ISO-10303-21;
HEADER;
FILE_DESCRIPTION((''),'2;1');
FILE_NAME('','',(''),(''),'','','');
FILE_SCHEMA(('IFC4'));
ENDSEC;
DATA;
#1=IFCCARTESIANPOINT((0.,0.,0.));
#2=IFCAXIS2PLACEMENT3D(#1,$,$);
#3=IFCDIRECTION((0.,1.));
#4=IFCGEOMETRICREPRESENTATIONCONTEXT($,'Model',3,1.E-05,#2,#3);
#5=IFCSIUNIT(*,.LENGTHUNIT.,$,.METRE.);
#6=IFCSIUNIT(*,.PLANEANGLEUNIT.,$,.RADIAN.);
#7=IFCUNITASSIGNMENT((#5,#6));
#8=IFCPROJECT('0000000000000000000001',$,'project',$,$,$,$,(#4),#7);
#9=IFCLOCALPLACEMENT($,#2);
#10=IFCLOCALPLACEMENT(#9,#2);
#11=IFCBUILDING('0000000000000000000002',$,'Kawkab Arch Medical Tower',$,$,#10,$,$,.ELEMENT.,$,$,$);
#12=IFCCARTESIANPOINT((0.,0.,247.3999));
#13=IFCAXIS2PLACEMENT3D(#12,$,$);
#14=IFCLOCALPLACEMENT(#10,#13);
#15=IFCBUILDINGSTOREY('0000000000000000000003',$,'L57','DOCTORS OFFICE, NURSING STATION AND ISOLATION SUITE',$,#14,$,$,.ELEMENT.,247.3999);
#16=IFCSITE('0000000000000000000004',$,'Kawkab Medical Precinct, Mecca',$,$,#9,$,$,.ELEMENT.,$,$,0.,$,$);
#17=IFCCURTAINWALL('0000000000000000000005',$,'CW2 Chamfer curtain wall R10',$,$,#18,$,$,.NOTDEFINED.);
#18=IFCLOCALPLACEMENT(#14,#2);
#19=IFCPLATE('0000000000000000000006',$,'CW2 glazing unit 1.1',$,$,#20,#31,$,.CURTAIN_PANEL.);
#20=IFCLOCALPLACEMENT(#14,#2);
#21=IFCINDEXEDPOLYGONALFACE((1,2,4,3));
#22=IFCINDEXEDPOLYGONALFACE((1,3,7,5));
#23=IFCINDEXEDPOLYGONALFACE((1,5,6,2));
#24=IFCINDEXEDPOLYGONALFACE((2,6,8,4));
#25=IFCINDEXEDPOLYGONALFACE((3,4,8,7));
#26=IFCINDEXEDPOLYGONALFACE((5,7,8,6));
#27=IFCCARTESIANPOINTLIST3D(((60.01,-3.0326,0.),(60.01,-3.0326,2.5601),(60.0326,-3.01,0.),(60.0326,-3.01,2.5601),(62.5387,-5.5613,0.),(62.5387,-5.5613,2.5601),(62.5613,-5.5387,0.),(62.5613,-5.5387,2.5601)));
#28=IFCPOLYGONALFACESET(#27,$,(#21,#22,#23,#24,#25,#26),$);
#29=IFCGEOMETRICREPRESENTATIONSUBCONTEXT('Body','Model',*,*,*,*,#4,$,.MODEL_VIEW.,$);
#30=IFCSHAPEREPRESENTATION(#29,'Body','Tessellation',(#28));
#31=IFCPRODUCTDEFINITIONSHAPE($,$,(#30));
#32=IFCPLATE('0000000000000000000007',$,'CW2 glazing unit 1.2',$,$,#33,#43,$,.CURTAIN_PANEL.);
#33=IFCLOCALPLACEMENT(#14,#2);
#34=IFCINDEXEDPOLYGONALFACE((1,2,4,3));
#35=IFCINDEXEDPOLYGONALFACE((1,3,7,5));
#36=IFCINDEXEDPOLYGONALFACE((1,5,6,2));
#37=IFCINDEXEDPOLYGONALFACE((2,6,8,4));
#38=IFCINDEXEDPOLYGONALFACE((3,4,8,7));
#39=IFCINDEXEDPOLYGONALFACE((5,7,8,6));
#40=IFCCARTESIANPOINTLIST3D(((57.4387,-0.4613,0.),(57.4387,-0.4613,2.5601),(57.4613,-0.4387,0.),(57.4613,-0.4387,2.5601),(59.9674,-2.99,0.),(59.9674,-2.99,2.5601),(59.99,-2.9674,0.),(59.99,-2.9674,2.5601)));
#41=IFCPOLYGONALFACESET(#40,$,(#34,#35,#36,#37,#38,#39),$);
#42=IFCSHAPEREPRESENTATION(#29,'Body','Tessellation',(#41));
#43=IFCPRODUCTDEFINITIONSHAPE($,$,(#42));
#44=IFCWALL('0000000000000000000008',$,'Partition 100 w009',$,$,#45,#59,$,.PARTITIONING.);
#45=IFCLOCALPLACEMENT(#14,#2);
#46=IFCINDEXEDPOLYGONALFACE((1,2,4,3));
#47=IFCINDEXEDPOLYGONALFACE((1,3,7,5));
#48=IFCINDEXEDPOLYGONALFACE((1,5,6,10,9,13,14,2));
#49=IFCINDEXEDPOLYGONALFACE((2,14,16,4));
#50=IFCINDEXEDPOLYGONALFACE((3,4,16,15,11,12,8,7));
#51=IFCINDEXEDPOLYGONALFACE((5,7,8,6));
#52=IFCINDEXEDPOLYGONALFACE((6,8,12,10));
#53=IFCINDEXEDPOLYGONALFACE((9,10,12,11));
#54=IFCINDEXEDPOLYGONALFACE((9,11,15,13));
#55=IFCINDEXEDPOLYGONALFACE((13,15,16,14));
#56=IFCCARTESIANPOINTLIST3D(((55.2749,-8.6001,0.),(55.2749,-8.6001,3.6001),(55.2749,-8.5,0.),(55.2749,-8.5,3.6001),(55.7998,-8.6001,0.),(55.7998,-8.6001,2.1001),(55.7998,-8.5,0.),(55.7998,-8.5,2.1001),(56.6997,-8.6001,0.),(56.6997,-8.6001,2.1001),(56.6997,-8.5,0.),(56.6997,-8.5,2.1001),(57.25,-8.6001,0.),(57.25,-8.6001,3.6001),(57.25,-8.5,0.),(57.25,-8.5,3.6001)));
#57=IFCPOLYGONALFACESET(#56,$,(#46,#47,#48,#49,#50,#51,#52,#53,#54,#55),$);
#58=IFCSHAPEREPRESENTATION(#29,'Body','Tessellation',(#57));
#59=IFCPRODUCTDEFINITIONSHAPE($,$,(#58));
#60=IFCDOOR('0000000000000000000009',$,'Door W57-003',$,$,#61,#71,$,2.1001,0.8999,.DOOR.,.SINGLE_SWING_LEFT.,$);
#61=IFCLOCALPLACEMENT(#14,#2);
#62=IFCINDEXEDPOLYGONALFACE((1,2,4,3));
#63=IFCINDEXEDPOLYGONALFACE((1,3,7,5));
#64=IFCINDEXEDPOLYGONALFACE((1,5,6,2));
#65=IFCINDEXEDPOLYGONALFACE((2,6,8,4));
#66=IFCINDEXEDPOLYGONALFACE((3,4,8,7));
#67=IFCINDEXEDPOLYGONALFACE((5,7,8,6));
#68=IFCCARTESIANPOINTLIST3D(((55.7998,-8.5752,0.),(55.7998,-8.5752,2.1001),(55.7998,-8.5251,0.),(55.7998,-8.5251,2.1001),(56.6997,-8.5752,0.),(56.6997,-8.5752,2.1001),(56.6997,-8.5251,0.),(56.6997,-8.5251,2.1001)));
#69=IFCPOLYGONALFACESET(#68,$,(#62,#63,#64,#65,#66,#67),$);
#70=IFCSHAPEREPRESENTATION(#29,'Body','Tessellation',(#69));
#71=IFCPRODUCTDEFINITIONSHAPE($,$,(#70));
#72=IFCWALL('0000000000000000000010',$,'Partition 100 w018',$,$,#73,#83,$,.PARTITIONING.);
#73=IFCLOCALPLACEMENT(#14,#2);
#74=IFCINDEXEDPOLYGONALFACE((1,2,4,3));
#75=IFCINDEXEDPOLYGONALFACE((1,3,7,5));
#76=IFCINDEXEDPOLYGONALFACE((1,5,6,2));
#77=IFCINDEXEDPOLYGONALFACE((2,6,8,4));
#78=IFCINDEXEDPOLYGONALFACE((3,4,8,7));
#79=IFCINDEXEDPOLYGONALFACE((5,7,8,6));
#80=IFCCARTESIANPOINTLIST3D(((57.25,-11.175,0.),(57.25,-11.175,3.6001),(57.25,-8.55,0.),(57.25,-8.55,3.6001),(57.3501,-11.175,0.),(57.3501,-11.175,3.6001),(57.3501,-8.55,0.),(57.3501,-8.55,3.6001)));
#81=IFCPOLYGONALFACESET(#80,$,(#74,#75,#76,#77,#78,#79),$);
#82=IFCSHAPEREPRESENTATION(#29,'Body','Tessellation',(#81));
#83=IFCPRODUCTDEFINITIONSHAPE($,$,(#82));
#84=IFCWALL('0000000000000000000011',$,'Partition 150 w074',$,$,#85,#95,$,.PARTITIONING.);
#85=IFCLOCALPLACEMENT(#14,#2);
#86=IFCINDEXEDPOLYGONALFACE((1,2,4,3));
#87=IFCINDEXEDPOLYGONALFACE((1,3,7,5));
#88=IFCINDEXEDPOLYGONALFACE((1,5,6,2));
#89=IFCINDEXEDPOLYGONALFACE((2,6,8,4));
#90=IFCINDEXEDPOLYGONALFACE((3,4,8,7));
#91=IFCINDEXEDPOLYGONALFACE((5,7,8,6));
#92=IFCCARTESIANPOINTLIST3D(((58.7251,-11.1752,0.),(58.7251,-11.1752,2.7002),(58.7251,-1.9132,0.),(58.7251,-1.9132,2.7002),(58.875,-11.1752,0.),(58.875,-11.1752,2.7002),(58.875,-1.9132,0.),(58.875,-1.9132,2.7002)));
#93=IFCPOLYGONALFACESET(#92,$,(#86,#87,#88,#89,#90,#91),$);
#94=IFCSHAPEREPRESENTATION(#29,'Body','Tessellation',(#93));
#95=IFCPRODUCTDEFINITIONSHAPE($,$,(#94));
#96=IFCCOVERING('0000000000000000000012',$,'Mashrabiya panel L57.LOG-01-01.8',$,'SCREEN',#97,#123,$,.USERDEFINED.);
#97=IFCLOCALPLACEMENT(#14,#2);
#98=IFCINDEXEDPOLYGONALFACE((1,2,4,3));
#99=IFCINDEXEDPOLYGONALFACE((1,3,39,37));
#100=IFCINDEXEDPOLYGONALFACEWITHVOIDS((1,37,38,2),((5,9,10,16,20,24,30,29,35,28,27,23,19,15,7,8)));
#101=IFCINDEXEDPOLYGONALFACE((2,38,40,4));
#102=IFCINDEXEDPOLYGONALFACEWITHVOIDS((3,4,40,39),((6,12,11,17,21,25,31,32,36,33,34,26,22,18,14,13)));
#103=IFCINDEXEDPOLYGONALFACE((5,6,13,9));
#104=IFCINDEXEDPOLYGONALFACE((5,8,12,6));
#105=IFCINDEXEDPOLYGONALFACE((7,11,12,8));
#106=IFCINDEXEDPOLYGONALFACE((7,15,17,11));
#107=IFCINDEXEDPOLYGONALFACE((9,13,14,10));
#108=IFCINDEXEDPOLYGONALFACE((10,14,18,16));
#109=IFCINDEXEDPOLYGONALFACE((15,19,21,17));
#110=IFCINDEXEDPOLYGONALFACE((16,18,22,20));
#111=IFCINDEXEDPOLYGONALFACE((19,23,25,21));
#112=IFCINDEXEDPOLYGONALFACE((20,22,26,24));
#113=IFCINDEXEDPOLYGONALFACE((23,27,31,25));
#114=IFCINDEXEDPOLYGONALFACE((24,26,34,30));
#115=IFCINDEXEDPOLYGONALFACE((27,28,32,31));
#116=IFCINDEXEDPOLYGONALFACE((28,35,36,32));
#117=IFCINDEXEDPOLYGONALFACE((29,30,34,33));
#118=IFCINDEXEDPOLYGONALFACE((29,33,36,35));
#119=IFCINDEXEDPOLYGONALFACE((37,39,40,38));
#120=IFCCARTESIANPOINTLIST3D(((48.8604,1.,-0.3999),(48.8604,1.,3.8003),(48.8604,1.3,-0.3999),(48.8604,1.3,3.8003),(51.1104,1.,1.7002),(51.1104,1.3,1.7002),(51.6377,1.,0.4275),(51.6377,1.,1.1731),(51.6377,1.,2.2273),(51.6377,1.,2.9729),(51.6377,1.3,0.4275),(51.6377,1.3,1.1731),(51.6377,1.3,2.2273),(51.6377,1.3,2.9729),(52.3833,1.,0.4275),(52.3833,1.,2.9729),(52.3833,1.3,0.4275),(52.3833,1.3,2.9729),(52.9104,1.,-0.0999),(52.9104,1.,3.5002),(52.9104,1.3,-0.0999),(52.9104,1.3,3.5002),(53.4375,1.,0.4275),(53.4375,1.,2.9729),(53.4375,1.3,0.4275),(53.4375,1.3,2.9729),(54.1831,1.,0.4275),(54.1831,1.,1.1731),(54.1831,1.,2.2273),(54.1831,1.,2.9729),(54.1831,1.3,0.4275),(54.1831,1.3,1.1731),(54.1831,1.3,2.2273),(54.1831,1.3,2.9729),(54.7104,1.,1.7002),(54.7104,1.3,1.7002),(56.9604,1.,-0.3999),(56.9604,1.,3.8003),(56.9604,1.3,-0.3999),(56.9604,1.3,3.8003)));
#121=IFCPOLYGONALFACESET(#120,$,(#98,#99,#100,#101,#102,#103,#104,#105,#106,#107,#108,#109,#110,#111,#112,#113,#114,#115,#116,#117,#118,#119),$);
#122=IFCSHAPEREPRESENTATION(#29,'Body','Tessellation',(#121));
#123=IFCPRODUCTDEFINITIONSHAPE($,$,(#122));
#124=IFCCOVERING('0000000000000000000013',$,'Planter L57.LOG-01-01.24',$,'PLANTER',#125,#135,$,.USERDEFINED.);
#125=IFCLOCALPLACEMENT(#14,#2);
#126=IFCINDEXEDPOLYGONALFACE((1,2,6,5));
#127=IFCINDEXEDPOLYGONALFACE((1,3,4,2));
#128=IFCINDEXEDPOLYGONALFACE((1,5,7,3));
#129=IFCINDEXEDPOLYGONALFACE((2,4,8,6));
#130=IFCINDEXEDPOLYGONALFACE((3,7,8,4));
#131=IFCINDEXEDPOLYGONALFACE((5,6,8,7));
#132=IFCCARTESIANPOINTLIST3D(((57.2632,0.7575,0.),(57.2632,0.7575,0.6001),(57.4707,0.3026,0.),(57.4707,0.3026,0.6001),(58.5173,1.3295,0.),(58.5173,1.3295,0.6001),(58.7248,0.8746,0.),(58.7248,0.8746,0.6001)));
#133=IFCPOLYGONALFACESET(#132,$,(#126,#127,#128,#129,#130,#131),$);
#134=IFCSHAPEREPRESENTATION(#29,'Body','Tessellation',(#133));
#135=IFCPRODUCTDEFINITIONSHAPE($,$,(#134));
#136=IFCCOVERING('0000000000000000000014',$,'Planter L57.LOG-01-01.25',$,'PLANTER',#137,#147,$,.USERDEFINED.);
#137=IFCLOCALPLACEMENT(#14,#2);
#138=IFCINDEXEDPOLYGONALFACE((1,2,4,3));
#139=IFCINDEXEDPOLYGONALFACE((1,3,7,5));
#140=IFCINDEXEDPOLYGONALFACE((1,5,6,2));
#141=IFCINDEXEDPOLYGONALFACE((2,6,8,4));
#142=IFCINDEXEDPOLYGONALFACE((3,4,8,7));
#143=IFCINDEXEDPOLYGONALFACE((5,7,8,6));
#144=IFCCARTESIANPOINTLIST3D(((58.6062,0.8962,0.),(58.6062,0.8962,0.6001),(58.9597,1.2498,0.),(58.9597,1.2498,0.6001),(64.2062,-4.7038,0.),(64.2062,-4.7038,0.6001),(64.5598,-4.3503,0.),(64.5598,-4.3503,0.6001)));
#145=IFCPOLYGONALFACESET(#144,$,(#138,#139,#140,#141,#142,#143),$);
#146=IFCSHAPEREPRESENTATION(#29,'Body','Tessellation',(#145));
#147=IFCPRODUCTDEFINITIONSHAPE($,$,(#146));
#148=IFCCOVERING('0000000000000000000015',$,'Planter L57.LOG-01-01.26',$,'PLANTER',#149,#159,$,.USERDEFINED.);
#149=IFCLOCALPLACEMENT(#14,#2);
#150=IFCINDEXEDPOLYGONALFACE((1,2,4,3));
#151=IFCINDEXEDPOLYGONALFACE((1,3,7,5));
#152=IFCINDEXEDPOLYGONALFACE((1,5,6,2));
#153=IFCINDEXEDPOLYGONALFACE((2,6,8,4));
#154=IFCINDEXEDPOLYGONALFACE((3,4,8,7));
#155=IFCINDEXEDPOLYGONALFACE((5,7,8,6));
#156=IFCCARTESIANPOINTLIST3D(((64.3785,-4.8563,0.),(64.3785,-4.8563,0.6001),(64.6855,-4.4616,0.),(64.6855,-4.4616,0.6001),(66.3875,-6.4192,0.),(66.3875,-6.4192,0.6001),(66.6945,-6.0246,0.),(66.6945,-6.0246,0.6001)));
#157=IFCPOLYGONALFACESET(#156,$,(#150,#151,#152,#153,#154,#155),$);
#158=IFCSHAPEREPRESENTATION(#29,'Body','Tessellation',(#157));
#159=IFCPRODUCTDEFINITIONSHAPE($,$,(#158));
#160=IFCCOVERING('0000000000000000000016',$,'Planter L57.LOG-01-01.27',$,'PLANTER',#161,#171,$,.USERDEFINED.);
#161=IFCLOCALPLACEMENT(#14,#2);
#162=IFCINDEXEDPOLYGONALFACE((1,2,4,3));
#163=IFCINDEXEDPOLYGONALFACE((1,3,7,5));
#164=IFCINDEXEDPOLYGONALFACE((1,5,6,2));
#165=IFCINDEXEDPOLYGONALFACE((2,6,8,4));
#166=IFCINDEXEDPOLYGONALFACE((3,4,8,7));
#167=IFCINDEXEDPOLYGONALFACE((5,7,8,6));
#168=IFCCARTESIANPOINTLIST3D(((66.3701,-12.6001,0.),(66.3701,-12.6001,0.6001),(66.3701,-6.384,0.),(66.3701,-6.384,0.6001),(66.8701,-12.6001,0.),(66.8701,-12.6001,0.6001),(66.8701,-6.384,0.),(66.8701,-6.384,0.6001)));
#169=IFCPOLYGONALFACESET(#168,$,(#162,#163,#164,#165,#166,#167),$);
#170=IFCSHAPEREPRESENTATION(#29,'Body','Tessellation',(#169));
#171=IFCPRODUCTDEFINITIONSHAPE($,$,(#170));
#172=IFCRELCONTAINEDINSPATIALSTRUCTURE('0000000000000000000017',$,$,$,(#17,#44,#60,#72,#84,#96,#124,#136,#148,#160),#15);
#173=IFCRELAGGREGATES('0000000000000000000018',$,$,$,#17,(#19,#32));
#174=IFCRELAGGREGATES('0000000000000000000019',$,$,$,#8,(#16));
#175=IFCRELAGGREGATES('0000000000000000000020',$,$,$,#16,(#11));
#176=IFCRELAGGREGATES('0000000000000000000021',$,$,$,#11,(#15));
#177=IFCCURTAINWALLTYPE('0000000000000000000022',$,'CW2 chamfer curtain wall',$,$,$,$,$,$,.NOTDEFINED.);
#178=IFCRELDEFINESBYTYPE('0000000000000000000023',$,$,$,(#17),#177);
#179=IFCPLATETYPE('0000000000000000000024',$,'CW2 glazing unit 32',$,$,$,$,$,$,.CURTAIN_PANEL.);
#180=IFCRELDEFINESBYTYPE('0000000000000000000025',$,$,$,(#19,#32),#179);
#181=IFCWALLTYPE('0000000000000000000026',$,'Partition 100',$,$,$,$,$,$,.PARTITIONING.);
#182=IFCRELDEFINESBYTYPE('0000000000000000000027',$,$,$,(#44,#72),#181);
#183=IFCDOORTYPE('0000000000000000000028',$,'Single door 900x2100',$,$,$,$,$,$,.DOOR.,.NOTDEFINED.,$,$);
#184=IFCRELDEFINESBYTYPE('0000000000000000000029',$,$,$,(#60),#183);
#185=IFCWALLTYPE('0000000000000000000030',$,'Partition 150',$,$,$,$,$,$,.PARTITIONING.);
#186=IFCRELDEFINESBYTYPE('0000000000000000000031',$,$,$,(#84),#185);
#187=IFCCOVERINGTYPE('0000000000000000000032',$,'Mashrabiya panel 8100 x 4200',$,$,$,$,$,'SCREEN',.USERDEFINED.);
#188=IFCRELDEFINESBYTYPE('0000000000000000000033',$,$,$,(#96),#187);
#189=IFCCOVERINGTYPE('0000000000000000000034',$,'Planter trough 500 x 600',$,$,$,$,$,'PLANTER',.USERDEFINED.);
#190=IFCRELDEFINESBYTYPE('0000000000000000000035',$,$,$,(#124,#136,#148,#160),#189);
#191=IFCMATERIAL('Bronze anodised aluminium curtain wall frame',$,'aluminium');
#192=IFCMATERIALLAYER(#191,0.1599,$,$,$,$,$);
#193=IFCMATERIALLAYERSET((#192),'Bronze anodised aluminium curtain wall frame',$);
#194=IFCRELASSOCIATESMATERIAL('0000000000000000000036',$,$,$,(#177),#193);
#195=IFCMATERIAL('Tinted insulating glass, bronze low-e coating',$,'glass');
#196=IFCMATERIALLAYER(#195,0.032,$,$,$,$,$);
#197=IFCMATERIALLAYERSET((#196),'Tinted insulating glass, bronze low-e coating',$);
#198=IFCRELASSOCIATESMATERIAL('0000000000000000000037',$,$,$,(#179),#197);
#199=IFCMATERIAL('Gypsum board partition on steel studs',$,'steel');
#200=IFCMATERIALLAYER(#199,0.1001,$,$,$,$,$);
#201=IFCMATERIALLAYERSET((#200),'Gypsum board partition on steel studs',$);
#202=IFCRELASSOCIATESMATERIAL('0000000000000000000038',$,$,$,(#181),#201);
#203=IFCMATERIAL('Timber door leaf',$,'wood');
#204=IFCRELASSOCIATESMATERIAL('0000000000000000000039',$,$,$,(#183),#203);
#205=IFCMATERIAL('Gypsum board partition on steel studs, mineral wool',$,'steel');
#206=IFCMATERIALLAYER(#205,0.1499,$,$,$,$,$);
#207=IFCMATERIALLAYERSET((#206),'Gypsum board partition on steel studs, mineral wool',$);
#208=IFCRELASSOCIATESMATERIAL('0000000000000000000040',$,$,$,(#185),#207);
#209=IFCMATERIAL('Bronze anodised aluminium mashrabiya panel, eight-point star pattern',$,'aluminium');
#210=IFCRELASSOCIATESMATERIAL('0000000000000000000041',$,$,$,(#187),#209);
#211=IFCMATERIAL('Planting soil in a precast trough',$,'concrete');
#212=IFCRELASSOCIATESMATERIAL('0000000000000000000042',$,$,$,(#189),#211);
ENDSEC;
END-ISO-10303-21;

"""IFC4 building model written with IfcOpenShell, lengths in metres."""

from ifc_helpers import new_model, si_unit, direction, frame, frame_2d, origin, origin_2d, place, context, subcontext, project, spatial, polyline, rectangle, outline, extrude, material, layer, layer_set, material_profile, profile_set, type_object, element, fill, aggregate, save


model = new_model("IFC4")

# Units and contexts
model_context = context("Model", 3, precision=1e-05, world=origin(), true_north=direction((0.0, 1.0)))
body_context = subcontext(model_context, "Body", "Model", "MODEL_VIEW")
ifc_project = project(units=[si_unit("LENGTHUNIT", "METRE"), si_unit("PLANEANGLEUNIT", "RADIAN")], contexts=[model_context])

# Site, building, storey
site_placement = place(None, origin())
site = spatial("IfcSite", under=ifc_project, at=site_placement, Name="Kawkab Medical Precinct, Mecca", CompositionType="ELEMENT", RefElevation=0.0)
building_placement = place(site_placement, origin())
building = spatial("IfcBuilding", under=site, at=building_placement, Name="Kawkab Arch Medical Tower", CompositionType="ELEMENT")
storey_placement = place(building_placement, frame((0.0, 0.0, 247.3999)))
storey = spatial("IfcBuildingStorey", under=building, at=storey_placement, Name="L57", Description="DOCTORS OFFICE, NURSING STATION AND ISOLATION SUITE", CompositionType="ELEMENT", Elevation=247.3999)

# Curtain wall
placement = place(storey_placement, origin())
ifc_material_1 = material(Name="Bronze anodised aluminium curtain wall frame", Category="aluminium")
ifc_layer_1 = layer(ifc_material_1, 0.1599)
ifc_layer_set_1 = layer_set([ifc_layer_1], Name="Bronze anodised aluminium curtain wall frame")
curtain_wall_type_1 = type_object("IfcCurtainWallType", Name="CW2 chamfer curtain wall", PredefinedType="NOTDEFINED", material=ifc_layer_set_1)
curtain_wall_1 = element("IfcCurtainWall", 1, at=placement, inside=storey, type_object=curtain_wall_type_1, Name="CW2 Chamfer curtain wall R10", PredefinedType="NOTDEFINED")

# Plates
ifc_material_2 = material(Name="Tinted insulating glass, bronze low-e coating", Category="glass")
ifc_layer_2 = layer(ifc_material_2, 0.032)
ifc_layer_set_2 = layer_set([ifc_layer_2], Name="Tinted insulating glass, bronze low-e coating")
plate_type_1 = type_object("IfcPlateType", Name="CW2 glazing unit 32", PredefinedType="CURTAIN_PANEL", material=ifc_layer_set_2)
plate_1_placement = place(storey_placement, frame((61.2856, -4.2856, 0.0), z_axis=(0.0, 0.0, 1.0), x_axis=(-0.707107, 0.707107, 0.0)))
plate_1 = element("IfcPlate", 2, at=plate_1_placement, type_object=plate_type_1, Name="CW2 glazing unit 1.1", PredefinedType="CURTAIN_PANEL", context=body_context, shape_type="SweptSolid", body=[
    extrude(rectangle(XDim=3.5762, YDim=0.032, at=origin_2d()), origin(), (0.0, 0.0, 1.0), 2.5601),
])
plate_2_placement = place(storey_placement, frame((58.7144, -1.7144, 0.0), z_axis=(0.0, 0.0, 1.0), x_axis=(-0.707107, 0.707107, 0.0)))
plate_2 = element("IfcPlate", 3, at=plate_2_placement, type_object=plate_type_1, Name="CW2 glazing unit 1.2", PredefinedType="CURTAIN_PANEL", context=body_context, shape_type="SweptSolid", body=[
    extrude(rectangle(XDim=3.5762, YDim=0.032, at=origin_2d()), origin(), (0.0, 0.0, 1.0), 2.5601),
])
aggregate(curtain_wall_1, [plate_1, plate_2])

# Wall, opening, door
ifc_material_3 = material(Name="Gypsum board partition on steel studs", Category="steel")
ifc_layer_3 = layer(ifc_material_3, 0.1001)
ifc_layer_set_3 = layer_set([ifc_layer_3], Name="Gypsum board partition on steel studs")
wall_type_1 = type_object("IfcWallType", Name="Partition 100", PredefinedType="PARTITIONING", material=ifc_layer_set_3)
wall_1_placement = place(storey_placement, frame((55.2749, -8.55, 0.0), z_axis=(0.0, 0.0, 1.0), x_axis=(1.0, 0.0, 0.0)))
wall_1 = element("IfcWall", 4, at=wall_1_placement, inside=storey, type_object=wall_type_1, Name="Partition 100 w009", PredefinedType="PARTITIONING", context=body_context, shape_type="SweptSolid", body=[
    extrude(rectangle(XDim=1.9751, YDim=0.1001, at=frame_2d((0.9875, 0.0))), origin(), (0.0, 0.0, 1.0), 3.6001),
])
opening_placement = place(wall_1_placement, frame((0.5249, 0.0, 0.0)))
opening = element("IfcOpeningElement", 5, at=opening_placement, cuts=wall_1, PredefinedType="OPENING", context=body_context, shape_type="SweptSolid", body=[
    extrude(rectangle(XDim=0.8999, YDim=2.1001, at=frame_2d((0.45, 1.05))), frame((0.0, 0.0601, 0.0), z_axis=(0.0, -1.0, 0.0), x_axis=(1.0, 0.0, 0.0)), (0.0, 0.0, 1.0), 0.1201),
])
ifc_material_4 = material(Name="Timber door leaf", Category="wood")
door_type = type_object("IfcDoorType", Name="Single door 900x2100", OperationType="NOTDEFINED", PredefinedType="DOOR", material=ifc_material_4)
door_placement = place(opening_placement, origin())
door = element("IfcDoor", 6, at=door_placement, inside=storey, type_object=door_type, Name="Door W57-003", OperationType="SINGLE_SWING_LEFT", OverallHeight=2.1001, OverallWidth=0.8999, PredefinedType="DOOR", context=body_context, shape_type="SweptSolid", body=[
    extrude(rectangle(XDim=0.8999, YDim=2.1001, at=frame_2d((0.45, 1.05))), frame((0.0, 0.0249, 0.0), z_axis=(0.0, -1.0, 0.0), x_axis=(1.0, 0.0, 0.0)), (0.0, 0.0, 1.0), 0.05),
])
fill(opening, door)

# Walls
wall_2_placement = place(storey_placement, frame((57.3, -11.175, 0.0), z_axis=(0.0, 0.0, 1.0), x_axis=(0.0, 1.0, 0.0)))
element("IfcWall", 7, at=wall_2_placement, inside=storey, type_object=wall_type_1, Name="Partition 100 w018", PredefinedType="PARTITIONING", context=body_context, shape_type="SweptSolid", body=[
    extrude(rectangle(XDim=2.625, YDim=0.1001, at=frame_2d((1.3125, 0.0))), origin(), (0.0, 0.0, 1.0), 3.6001),
])
ifc_material_5 = material(Name="Gypsum board partition on steel studs, mineral wool", Category="steel")
ifc_layer_4 = layer(ifc_material_5, 0.1499)
ifc_layer_set_4 = layer_set([ifc_layer_4], Name="Gypsum board partition on steel studs, mineral wool")
wall_type_2 = type_object("IfcWallType", Name="Partition 150", PredefinedType="PARTITIONING", material=ifc_layer_set_4)
wall_3_placement = place(storey_placement, frame((58.8, -11.175, 0.0), z_axis=(0.0, 0.0, 1.0), x_axis=(0.0, 1.0, 0.0)))
element("IfcWall", 8, at=wall_3_placement, inside=storey, type_object=wall_type_2, Name="Partition 150 w074", PredefinedType="PARTITIONING", context=body_context, shape_type="SweptSolid", body=[
    extrude(rectangle(XDim=9.262, YDim=0.1499, at=frame_2d((4.6309, 0.0))), origin(), (0.0, 0.0, 1.0), 2.7002),
])

# Coverings
ifc_material_6 = material(Name="Bronze anodised aluminium mashrabiya panel, eight-point star pattern", Category="aluminium")
ifc_material_profile_1 = material_profile(ifc_material_6, outline(polyline([(-4.05, -2.1001), (4.05, -2.1001), (4.05, 2.1001), (-4.05, 2.1001), (-4.05, -2.1001)]), holes=[polyline([(1.8, 0.0), (1.2727, 0.5271), (1.2727, 1.2727), (0.5271, 1.2727), (0.0, 1.8), (-0.5271, 1.2727), (-1.2727, 1.2727), (-1.2727, 0.5271), (-1.8, 0.0), (-1.2727, -0.5271), (-1.2727, -1.2727), (-0.5271, -1.2727), (0.0, -1.8), (0.5271, -1.2727), (1.2727, -1.2727), (1.2727, -0.5271), (1.8, 0.0)])]), Name="Mashrabiya panel 8100x4200")
ifc_profile_set_1 = profile_set([ifc_material_profile_1], Name="Bronze anodised aluminium mashrabiya panel, eight-point star pattern")
covering_type_1 = type_object("IfcCoveringType", Name="Mashrabiya panel 8100 x 4200", ElementType="SCREEN", PredefinedType="USERDEFINED", material=ifc_profile_set_1)
covering_1_placement = place(storey_placement, frame((52.9104, 1.0, 1.7002), z_axis=(0.0, 1.0, 0.0), x_axis=(-1.0, 0.0, 0.0)))
element("IfcCovering", 9, at=covering_1_placement, inside=storey, type_object=covering_type_1, Name="Mashrabiya panel L57.LOG-01-01.8", ObjectType="SCREEN", PredefinedType="USERDEFINED", context=body_context, shape_type="SweptSolid", body=[
    extrude(outline(polyline([(-4.05, -2.1001), (4.05, -2.1001), (4.05, 2.1001), (-4.05, 2.1001), (-4.05, -2.1001)]), holes=[polyline([(1.8, 0.0), (1.2727, 0.5271), (1.2727, 1.2727), (0.5271, 1.2727), (0.0, 1.8), (-0.5271, 1.2727), (-1.2727, 1.2727), (-1.2727, 0.5271), (-1.8, 0.0), (-1.2727, -0.5271), (-1.2727, -1.2727), (-0.5271, -1.2727), (0.0, -1.8), (0.5271, -1.2727), (1.2727, -1.2727), (1.2727, -0.5271), (1.8, 0.0)])]), origin(), (0.0, 0.0, 1.0), 0.3),
])
ifc_material_7 = material(Name="Planting soil in a precast trough", Category="concrete")
ifc_material_profile_2 = material_profile(ifc_material_7, rectangle(XDim=0.5, YDim=0.6001, at=origin_2d()), Name="Trough 500x600")
ifc_profile_set_2 = profile_set([ifc_material_profile_2], Name="Planting soil in a precast trough")
covering_type_2 = type_object("IfcCoveringType", Name="Planter trough 500 x 600", ElementType="PLANTER", PredefinedType="USERDEFINED", material=ifc_profile_set_2)
covering_2_placement = place(storey_placement, frame((57.3669, 0.53, 0.3), z_axis=(0.909832, 0.414977, 0.0), x_axis=(-0.414977, 0.909832, 0.0)))
element("IfcCovering", 10, at=covering_2_placement, inside=storey, type_object=covering_type_2, Name="Planter L57.LOG-01-01.24", ObjectType="PLANTER", PredefinedType="USERDEFINED", context=body_context, shape_type="SweptSolid", body=[
    extrude(rectangle(XDim=0.5, YDim=0.6001, at=origin_2d()), origin(), (0.0, 0.0, 1.0), 1.3784),
])
covering_3_placement = place(storey_placement, frame((58.783, 1.073, 0.3), z_axis=(0.707107, -0.707107, 0.0), x_axis=(0.707107, 0.707107, 0.0)))
element("IfcCovering", 11, at=covering_3_placement, inside=storey, type_object=covering_type_2, Name="Planter L57.LOG-01-01.25", ObjectType="PLANTER", PredefinedType="USERDEFINED", context=body_context, shape_type="SweptSolid", body=[
    extrude(rectangle(XDim=0.5, YDim=0.6001, at=origin_2d()), origin(), (0.0, 0.0, 1.0), 7.9197),
])
covering_4_placement = place(storey_placement, frame((64.532, -4.6589, 0.3), z_axis=(0.789275, -0.61404, 0.0), x_axis=(0.61404, 0.789275, 0.0)))
element("IfcCovering", 12, at=covering_4_placement, inside=storey, type_object=covering_type_2, Name="Planter L57.LOG-01-01.26", ObjectType="PLANTER", PredefinedType="USERDEFINED", context=body_context, shape_type="SweptSolid", body=[
    extrude(rectangle(XDim=0.5, YDim=0.6001, at=origin_2d()), origin(), (0.0, 0.0, 1.0), 2.5454),
])
covering_5_placement = place(storey_placement, frame((66.6201, -6.384, 0.3), z_axis=(0.0, -1.0, 0.0), x_axis=(1.0, 0.0, 0.0)))
element("IfcCovering", 13, at=covering_5_placement, inside=storey, type_object=covering_type_2, Name="Planter L57.LOG-01-01.27", ObjectType="PLANTER", PredefinedType="USERDEFINED", context=body_context, shape_type="SweptSolid", body=[
    extrude(rectangle(XDim=0.5, YDim=0.6001, at=origin_2d()), origin(), (0.0, 0.0, 1.0), 6.2161),
])

save(model, "model.ifc")
